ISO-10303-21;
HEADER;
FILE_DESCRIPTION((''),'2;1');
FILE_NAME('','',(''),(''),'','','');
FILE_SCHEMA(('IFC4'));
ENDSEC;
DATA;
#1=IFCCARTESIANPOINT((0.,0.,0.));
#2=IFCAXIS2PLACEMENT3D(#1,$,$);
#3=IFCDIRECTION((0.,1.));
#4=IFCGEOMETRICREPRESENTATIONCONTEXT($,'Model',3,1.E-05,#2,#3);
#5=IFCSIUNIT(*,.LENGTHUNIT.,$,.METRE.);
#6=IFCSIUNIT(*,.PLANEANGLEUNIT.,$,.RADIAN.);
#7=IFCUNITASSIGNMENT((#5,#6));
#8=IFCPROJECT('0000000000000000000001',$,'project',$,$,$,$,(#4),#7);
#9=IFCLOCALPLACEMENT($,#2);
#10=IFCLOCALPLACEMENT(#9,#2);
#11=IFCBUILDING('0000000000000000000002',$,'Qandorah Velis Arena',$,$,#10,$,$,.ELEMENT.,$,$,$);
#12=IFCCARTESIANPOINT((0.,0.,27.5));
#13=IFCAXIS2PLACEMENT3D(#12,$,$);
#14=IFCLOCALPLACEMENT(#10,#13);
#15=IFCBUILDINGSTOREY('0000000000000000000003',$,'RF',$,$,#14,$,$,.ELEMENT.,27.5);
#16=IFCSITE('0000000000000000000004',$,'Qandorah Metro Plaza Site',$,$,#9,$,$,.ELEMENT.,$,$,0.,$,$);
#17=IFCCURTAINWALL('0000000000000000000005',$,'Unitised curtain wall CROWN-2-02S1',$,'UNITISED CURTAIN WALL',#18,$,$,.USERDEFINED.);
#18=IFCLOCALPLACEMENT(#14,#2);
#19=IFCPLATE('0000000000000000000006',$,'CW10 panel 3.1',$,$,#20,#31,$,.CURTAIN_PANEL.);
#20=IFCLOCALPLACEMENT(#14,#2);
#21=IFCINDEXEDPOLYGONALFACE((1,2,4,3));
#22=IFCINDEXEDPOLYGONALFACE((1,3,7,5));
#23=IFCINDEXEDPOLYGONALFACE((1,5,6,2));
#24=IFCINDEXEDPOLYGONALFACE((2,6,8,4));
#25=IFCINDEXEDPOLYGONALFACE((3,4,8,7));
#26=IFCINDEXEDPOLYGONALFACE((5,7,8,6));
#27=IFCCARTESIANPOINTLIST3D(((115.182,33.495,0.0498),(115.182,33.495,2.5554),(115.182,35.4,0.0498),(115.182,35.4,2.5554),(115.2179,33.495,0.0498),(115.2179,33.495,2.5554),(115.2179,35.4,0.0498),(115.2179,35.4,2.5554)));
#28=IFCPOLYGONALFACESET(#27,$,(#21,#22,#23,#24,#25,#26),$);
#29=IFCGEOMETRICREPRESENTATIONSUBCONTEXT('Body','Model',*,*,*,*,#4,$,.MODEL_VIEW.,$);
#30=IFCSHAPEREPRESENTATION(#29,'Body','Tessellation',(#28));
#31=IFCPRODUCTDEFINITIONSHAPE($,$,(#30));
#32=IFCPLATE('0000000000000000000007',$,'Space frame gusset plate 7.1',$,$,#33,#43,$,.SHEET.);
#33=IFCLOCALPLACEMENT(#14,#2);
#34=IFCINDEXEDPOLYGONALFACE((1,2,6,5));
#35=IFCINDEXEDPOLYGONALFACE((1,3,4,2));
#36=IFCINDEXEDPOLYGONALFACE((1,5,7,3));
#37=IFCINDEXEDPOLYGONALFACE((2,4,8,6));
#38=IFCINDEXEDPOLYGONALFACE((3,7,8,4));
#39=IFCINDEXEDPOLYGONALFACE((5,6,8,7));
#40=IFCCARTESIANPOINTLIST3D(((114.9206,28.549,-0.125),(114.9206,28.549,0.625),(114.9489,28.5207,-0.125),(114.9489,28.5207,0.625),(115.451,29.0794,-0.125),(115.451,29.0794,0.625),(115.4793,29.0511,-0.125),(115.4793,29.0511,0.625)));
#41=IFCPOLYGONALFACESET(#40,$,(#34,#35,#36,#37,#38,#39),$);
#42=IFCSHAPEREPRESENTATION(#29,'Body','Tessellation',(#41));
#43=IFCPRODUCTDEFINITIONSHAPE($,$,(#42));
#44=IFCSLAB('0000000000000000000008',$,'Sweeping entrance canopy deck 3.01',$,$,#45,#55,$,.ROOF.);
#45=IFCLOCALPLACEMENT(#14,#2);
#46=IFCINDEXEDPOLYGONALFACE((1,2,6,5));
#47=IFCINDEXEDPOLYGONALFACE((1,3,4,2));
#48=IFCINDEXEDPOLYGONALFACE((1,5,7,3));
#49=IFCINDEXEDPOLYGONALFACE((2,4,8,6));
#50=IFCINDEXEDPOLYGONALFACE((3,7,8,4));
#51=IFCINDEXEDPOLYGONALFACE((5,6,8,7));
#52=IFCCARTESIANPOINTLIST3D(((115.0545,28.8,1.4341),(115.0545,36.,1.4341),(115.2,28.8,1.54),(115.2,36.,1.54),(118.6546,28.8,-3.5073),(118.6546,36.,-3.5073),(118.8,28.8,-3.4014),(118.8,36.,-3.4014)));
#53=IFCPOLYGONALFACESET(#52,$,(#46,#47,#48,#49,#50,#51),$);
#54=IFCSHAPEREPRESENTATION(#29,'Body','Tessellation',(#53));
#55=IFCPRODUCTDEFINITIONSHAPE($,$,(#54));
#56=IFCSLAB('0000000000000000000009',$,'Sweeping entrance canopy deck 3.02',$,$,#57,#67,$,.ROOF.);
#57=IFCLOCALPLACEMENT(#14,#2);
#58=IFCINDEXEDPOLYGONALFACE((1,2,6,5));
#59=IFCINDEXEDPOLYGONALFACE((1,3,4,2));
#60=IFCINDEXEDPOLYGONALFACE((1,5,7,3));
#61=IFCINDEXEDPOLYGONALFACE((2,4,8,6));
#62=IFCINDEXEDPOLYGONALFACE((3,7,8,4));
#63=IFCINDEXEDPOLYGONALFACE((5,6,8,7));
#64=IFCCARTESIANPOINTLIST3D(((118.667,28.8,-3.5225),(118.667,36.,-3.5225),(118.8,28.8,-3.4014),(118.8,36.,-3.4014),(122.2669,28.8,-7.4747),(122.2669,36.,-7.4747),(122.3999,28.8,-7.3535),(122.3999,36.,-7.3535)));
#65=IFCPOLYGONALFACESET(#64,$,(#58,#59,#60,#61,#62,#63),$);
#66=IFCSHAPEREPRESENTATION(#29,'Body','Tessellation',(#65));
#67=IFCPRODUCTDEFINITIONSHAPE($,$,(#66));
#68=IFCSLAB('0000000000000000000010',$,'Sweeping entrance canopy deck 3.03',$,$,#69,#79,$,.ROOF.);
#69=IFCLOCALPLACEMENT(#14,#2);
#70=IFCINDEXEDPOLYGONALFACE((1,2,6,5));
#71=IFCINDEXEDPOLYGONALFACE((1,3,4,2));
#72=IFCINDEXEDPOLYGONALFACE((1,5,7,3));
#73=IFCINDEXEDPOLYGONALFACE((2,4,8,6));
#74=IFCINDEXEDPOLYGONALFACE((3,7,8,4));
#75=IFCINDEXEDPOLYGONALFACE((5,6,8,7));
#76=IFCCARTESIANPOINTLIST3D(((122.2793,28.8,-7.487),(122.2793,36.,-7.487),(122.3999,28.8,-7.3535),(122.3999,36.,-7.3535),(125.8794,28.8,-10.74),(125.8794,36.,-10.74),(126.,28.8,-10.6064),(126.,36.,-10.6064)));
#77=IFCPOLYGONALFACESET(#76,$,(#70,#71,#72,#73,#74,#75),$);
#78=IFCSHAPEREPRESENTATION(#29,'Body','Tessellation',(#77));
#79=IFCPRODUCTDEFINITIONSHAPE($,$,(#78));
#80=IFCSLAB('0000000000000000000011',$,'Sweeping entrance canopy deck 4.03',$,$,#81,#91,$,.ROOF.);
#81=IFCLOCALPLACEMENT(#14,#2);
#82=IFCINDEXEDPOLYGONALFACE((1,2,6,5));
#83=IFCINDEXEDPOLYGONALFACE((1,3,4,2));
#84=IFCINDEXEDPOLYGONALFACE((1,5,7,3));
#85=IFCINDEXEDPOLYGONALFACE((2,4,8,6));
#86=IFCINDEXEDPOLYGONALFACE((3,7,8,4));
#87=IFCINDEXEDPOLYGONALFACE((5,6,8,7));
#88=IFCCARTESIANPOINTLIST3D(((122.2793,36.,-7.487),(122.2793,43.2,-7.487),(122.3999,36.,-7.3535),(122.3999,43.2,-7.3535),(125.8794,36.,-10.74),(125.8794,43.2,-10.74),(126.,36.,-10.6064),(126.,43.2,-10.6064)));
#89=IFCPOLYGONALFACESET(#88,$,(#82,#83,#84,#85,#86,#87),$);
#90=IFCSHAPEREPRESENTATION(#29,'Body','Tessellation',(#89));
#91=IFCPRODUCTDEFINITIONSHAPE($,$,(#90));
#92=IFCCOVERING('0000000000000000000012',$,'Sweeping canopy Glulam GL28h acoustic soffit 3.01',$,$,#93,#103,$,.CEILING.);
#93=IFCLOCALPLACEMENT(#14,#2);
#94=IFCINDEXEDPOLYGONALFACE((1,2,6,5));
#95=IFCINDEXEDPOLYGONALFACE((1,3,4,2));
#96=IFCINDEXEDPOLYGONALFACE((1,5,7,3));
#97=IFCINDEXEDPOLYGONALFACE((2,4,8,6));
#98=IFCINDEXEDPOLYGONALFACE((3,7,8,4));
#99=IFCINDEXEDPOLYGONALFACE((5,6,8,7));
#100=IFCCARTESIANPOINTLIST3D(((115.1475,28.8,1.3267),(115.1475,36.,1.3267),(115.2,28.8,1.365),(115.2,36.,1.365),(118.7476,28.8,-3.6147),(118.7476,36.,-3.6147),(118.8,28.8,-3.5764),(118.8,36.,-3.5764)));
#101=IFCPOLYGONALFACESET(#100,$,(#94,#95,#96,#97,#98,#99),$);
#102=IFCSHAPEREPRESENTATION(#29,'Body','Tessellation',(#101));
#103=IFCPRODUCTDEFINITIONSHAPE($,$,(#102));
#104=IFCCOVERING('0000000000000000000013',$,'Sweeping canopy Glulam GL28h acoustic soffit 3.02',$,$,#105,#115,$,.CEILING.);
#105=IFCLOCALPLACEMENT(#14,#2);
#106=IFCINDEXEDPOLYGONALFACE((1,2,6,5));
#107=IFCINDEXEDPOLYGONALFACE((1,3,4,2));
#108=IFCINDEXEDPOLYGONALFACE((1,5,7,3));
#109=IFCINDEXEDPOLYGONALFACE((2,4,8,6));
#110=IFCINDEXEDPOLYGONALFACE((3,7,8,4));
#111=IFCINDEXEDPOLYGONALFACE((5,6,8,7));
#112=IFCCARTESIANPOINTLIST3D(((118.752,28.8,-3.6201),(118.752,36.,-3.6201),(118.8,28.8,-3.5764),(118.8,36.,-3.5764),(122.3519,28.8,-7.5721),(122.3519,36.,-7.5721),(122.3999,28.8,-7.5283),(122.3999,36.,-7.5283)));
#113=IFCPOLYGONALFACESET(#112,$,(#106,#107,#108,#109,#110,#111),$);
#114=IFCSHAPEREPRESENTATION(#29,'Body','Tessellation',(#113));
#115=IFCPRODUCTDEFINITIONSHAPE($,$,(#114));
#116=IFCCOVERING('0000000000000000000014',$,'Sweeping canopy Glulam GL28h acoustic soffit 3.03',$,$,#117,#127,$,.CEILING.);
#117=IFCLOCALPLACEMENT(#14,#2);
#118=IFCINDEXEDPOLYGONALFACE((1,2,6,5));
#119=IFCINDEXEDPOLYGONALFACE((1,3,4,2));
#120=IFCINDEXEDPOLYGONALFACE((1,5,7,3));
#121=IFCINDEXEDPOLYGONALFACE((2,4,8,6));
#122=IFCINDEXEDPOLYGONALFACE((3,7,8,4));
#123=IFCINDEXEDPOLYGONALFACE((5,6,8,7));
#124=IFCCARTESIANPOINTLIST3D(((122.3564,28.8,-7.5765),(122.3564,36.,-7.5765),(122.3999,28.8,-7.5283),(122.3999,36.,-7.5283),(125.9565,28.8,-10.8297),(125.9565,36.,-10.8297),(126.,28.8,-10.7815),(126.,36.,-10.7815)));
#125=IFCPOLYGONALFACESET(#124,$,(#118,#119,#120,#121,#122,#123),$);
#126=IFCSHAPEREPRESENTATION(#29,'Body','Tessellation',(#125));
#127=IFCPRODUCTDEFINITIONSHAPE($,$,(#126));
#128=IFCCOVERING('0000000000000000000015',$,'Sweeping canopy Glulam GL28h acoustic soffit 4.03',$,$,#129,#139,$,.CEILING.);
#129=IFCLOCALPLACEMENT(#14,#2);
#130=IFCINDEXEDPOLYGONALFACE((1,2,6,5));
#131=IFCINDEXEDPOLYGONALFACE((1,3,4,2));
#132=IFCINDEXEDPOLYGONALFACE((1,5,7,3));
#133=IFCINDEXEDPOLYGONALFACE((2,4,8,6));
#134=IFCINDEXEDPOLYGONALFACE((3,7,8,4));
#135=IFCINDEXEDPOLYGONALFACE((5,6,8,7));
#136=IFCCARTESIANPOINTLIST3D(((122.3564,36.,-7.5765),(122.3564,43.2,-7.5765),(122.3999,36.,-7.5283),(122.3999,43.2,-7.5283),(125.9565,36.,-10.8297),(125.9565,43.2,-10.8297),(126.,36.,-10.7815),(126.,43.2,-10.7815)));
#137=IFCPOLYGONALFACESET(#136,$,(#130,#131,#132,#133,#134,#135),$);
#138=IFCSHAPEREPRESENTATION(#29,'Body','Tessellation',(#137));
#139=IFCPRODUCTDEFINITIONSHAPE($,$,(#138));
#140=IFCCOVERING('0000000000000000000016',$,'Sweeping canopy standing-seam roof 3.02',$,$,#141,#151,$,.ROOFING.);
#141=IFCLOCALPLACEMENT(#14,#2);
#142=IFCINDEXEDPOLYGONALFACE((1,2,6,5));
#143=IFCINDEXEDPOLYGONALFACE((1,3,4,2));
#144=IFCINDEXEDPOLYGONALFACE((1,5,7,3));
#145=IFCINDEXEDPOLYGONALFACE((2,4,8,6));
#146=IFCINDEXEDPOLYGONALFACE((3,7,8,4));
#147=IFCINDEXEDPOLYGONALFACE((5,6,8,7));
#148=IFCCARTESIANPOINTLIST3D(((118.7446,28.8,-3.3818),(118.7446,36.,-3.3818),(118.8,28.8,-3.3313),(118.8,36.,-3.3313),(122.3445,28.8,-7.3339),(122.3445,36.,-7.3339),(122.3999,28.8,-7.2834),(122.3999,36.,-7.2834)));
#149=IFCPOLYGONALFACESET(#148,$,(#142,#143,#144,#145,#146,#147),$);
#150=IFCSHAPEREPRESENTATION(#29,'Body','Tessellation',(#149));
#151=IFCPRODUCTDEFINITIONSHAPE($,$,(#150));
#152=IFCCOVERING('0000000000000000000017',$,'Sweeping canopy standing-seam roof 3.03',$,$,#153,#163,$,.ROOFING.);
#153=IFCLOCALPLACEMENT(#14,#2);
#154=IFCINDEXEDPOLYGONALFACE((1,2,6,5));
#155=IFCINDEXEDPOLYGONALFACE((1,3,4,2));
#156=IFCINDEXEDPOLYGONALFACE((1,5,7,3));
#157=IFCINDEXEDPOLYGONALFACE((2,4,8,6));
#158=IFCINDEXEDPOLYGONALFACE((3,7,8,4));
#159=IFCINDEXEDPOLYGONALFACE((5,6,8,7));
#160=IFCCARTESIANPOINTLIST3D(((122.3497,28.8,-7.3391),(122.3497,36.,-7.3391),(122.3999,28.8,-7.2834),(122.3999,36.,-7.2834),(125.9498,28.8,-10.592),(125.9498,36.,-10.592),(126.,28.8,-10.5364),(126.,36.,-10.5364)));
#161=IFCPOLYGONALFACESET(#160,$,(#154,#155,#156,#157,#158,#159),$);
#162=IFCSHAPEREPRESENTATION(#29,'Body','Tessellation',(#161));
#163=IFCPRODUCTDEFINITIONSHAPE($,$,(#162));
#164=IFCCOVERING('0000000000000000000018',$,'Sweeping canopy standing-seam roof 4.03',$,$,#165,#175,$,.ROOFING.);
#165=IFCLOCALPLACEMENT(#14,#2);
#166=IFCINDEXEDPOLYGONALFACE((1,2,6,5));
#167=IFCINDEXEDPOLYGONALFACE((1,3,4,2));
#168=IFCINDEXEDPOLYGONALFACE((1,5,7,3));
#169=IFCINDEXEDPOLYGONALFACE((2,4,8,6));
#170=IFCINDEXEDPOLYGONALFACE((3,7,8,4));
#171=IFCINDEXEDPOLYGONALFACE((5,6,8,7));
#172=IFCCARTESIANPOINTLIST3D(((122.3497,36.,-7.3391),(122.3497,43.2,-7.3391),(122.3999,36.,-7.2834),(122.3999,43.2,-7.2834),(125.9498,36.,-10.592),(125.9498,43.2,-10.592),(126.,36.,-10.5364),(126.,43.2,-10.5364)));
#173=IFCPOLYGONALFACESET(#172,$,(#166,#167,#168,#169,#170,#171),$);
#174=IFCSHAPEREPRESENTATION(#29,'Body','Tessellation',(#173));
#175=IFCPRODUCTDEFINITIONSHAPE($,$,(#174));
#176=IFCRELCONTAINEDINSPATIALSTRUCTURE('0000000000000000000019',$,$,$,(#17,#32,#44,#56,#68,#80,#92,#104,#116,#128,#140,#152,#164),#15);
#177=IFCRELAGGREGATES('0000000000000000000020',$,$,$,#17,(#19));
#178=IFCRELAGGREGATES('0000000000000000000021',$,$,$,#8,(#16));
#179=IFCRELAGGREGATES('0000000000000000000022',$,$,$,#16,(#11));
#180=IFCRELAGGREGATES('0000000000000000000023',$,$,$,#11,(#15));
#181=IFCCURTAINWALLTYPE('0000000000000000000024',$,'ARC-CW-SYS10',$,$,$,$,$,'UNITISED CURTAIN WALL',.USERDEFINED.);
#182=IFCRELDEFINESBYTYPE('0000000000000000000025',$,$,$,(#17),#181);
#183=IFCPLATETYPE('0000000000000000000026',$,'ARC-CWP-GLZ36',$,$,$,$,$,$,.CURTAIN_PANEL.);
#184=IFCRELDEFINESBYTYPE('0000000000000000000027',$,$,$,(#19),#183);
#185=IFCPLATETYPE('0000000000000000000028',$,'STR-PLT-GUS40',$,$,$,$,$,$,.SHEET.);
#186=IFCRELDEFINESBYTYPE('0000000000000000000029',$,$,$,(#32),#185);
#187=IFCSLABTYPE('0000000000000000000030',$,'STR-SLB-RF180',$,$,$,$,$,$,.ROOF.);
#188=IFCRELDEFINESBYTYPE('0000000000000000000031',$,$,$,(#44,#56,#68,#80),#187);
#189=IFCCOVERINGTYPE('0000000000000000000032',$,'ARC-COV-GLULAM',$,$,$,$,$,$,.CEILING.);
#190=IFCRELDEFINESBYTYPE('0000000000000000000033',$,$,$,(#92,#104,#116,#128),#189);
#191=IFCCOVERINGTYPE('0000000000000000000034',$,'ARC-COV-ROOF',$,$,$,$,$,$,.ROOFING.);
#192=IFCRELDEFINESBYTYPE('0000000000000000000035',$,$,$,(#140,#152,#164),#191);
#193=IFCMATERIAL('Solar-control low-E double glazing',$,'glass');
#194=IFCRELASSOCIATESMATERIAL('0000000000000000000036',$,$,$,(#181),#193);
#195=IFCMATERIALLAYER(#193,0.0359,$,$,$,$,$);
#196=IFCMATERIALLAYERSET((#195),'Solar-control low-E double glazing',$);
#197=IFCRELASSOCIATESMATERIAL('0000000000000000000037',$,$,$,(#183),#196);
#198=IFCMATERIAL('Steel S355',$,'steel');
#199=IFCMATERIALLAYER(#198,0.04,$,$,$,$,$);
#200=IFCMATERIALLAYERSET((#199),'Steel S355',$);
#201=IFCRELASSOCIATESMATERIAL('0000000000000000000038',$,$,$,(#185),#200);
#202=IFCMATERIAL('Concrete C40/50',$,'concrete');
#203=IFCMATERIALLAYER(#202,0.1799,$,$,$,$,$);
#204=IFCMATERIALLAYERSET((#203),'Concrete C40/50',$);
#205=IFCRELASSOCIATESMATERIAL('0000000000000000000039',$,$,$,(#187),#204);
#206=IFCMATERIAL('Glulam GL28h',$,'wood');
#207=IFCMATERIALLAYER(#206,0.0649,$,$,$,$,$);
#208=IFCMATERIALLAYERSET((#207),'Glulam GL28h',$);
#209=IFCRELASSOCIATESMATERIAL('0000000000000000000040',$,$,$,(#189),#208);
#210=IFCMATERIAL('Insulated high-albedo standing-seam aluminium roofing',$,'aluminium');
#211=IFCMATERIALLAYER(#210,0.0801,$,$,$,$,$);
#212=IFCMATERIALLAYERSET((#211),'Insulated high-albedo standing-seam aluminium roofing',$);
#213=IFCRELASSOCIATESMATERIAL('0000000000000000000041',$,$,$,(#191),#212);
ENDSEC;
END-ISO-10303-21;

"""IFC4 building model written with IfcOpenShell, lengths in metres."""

from ifc_helpers import new_model, si_unit, direction, frame, origin, origin_2d, place, context, subcontext, project, spatial, polyline, rectangle, outline, extrude, material, layer, layer_set, type_object, element, aggregate, save


model = new_model("IFC4")

# Units and contexts
model_context = context("Model", 3, precision=1e-05, world=origin(), true_north=direction((0.0, 1.0)))
body_context = subcontext(model_context, "Body", "Model", "MODEL_VIEW")
ifc_project = project(units=[si_unit("LENGTHUNIT", "METRE"), si_unit("PLANEANGLEUNIT", "RADIAN")], contexts=[model_context])

# Site, building, storey
site_placement = place(None, origin())
site = spatial("IfcSite", under=ifc_project, at=site_placement, Name="Qandorah Metro Plaza Site", CompositionType="ELEMENT", RefElevation=0.0)
building_placement = place(site_placement, origin())
building = spatial("IfcBuilding", under=site, at=building_placement, Name="Qandorah Velis Arena", CompositionType="ELEMENT")
storey_placement = place(building_placement, frame((0.0, 0.0, 27.5)))
storey = spatial("IfcBuildingStorey", under=building, at=storey_placement, Name="RF", CompositionType="ELEMENT", Elevation=27.5)

# Curtain wall
ifc_material_1 = material(Name="Solar-control low-E double glazing", Category="glass")
curtain_wall_type = type_object("IfcCurtainWallType", Name="ARC-CW-SYS10", ElementType="UNITISED CURTAIN WALL", PredefinedType="USERDEFINED", material=ifc_material_1)
curtain_wall_placement = place(storey_placement, origin())
curtain_wall = element("IfcCurtainWall", 1, at=curtain_wall_placement, inside=storey, type_object=curtain_wall_type, Name="Unitised curtain wall CROWN-2-02S1", ObjectType="UNITISED CURTAIN WALL", PredefinedType="USERDEFINED")

# Shared definitions
ifc_material_2 = material(Name="Steel S355", Category="steel")

# Plates
ifc_layer_1 = layer(ifc_material_1, 0.0359)
ifc_layer_set_1 = layer_set([ifc_layer_1], Name="Solar-control low-E double glazing")
plate_type_1 = type_object("IfcPlateType", Name="ARC-CWP-GLZ36", PredefinedType="CURTAIN_PANEL", material=ifc_layer_set_1)
plate_1_placement = place(storey_placement, frame((115.2, 34.4475, 0.0498), z_axis=(0.0, 0.0, 1.0), x_axis=(0.0, 1.0, 0.0)))
plate_1 = element("IfcPlate", 2, at=plate_1_placement, type_object=plate_type_1, Name="CW10 panel 3.1", PredefinedType="CURTAIN_PANEL", context=body_context, shape_type="SweptSolid", body=[
    extrude(rectangle(XDim=1.905, YDim=0.0359, at=origin_2d()), origin(), (0.0, 0.0, 1.0), 2.5056),
])
aggregate(curtain_wall, [plate_1])
ifc_layer_2 = layer(ifc_material_2, 0.04)
ifc_layer_set_2 = layer_set([ifc_layer_2], Name="Steel S355")
plate_type_2 = type_object("IfcPlateType", Name="STR-PLT-GUS40", PredefinedType="SHEET", material=ifc_layer_set_2)
plate_2_placement = place(storey_placement, frame((115.2, 28.8, -0.125), z_axis=(0.0, 0.0, 1.0), x_axis=(0.707107, 0.707107, 0.0)))
element("IfcPlate", 3, at=plate_2_placement, inside=storey, type_object=plate_type_2, Name="Space frame gusset plate 7.1", PredefinedType="SHEET", context=body_context, shape_type="SweptSolid", body=[
    extrude(rectangle(XDim=0.75, YDim=0.04, at=origin_2d()), origin(), (0.0, 0.0, 1.0), 0.75),
])

# Slabs
ifc_material_3 = material(Name="Concrete C40/50", Category="concrete")
ifc_layer_3 = layer(ifc_material_3, 0.1799)
ifc_layer_set_3 = layer_set([ifc_layer_3], Name="Concrete C40/50")
slab_type = type_object("IfcSlabType", Name="STR-SLB-RF180", PredefinedType="ROOF", material=ifc_layer_set_3)
slab_1_placement = place(storey_placement, frame((115.2, 28.8, 1.54), z_axis=(0.808242, 0.0, 0.588851), x_axis=(0.588851, 0.0, -0.808242)))
element("IfcSlab", 4, at=slab_1_placement, inside=storey, type_object=slab_type, Name="Sweeping entrance canopy deck 3.01", PredefinedType="ROOF", context=body_context, shape_type="SweptSolid", body=[
    extrude(outline(polyline([(0.0, 0.0), (6.1138, 0.0), (6.1138, 7.2), (0.0, 7.2), (0.0, 0.0)])), origin(), (0.0, 0.0, -1.0), 0.1799),
])
slab_2_placement = place(storey_placement, frame((118.8, 28.8, -3.4014), z_axis=(0.739289, 0.0, 0.673389), x_axis=(0.673389, 0.0, -0.739289)))
element("IfcSlab", 5, at=slab_2_placement, inside=storey, type_object=slab_type, Name="Sweeping entrance canopy deck 3.02", PredefinedType="ROOF", context=body_context, shape_type="SweptSolid", body=[
    extrude(outline(polyline([(0.0, 0.0), (5.3459, 0.0), (5.3459, 7.2), (0.0, 7.2), (0.0, 0.0)])), origin(), (0.0, 0.0, -1.0), 0.1799),
])
for number, where, z_axis, x_axis, name in (
    (6, (122.3999, 28.8, -7.3535), (0.670426, 0.0, 0.741977), (0.741977, 0.0, -0.670426), "Sweeping entrance canopy deck 3.03"),
    (7, (122.3999, 36.0, -7.3535), (0.670426, 0.0, 0.741977), (0.741977, 0.0, -0.670426), "Sweeping entrance canopy deck 4.03"),
):
    element("IfcSlab", number, at=place(storey_placement, frame(where, z_axis=z_axis, x_axis=x_axis)), inside=storey, type_object=slab_type, Name=name, PredefinedType="ROOF", context=body_context, shape_type="SweptSolid", body=[
        extrude(outline(polyline([(0.0, 0.0), (4.852, 0.0), (4.852, 7.2), (0.0, 7.2), (0.0, 0.0)])), origin(), (0.0, 0.0, -1.0), 0.1799),
    ])

# Coverings
ifc_material_4 = material(Name="Glulam GL28h", Category="wood")
ifc_layer_4 = layer(ifc_material_4, 0.0649)
ifc_layer_set_4 = layer_set([ifc_layer_4], Name="Glulam GL28h")
covering_type_1 = type_object("IfcCoveringType", Name="ARC-COV-GLULAM", PredefinedType="CEILING", material=ifc_layer_set_4)
covering_1_placement = place(storey_placement, frame((115.2, 28.8, 1.365), z_axis=(0.808242, 0.0, 0.588851), x_axis=(0.588851, 0.0, -0.808242)))
element("IfcCovering", 8, at=covering_1_placement, inside=storey, type_object=covering_type_1, Name="Sweeping canopy Glulam GL28h acoustic soffit 3.01", PredefinedType="CEILING", context=body_context, shape_type="SweptSolid", body=[
    extrude(outline(polyline([(0.0, 0.0), (6.1138, 0.0), (6.1138, 7.2), (0.0, 7.2), (0.0, 0.0)])), origin(), (0.0, 0.0, -1.0), 0.0649),
])
covering_2_placement = place(storey_placement, frame((118.8, 28.8, -3.5764), z_axis=(0.739268, 0.0, 0.673411), x_axis=(0.673411, 0.0, -0.739268)))
element("IfcCovering", 9, at=covering_2_placement, inside=storey, type_object=covering_type_1, Name="Sweeping canopy Glulam GL28h acoustic soffit 3.02", PredefinedType="CEILING", context=body_context, shape_type="SweptSolid", body=[
    extrude(outline(polyline([(0.0, 0.0), (5.3457, 0.0), (5.3457, 7.2), (0.0, 7.2), (0.0, 0.0)])), origin(), (0.0, 0.0, -1.0), 0.0649),
])
for number, where, z_axis, x_axis, name in (
    (10, (122.3999, 28.8, -7.5283), (0.670453, 0.0, 0.741952), (0.741952, 0.0, -0.670453), "Sweeping canopy Glulam GL28h acoustic soffit 3.03"),
    (11, (122.3999, 36.0, -7.5283), (0.670453, 0.0, 0.741952), (0.741952, 0.0, -0.670453), "Sweeping canopy Glulam GL28h acoustic soffit 4.03"),
):
    element("IfcCovering", number, at=place(storey_placement, frame(where, z_axis=z_axis, x_axis=x_axis)), inside=storey, type_object=covering_type_1, Name=name, PredefinedType="CEILING", context=body_context, shape_type="SweptSolid", body=[
        extrude(outline(polyline([(0.0, 0.0), (4.8522, 0.0), (4.8522, 7.2), (0.0, 7.2), (0.0, 0.0)])), origin(), (0.0, 0.0, -1.0), 0.0649),
    ])
ifc_material_5 = material(Name="Insulated high-albedo standing-seam aluminium roofing", Category="aluminium")
ifc_layer_5 = layer(ifc_material_5, 0.0801)
ifc_layer_set_5 = layer_set([ifc_layer_5], Name="Insulated high-albedo standing-seam aluminium roofing")
covering_type_2 = type_object("IfcCoveringType", Name="ARC-COV-ROOF", PredefinedType="ROOFING", material=ifc_layer_set_5)
covering_3_placement = place(storey_placement, frame((118.8, 28.8, -3.3313), z_axis=(0.739289, 0.0, 0.673389), x_axis=(0.673389, 0.0, -0.739289)))
element("IfcCovering", 12, at=covering_3_placement, inside=storey, type_object=covering_type_2, Name="Sweeping canopy standing-seam roof 3.02", PredefinedType="ROOFING", context=body_context, shape_type="SweptSolid", body=[
    extrude(outline(polyline([(0.0, 0.0), (5.3459, 0.0), (5.3459, 7.2), (0.0, 7.2), (0.0, 0.0)])), origin(), (0.0, 0.0, -1.0), 0.075),
])
for number, where, z_axis, x_axis, name in (
    (13, (122.3999, 28.8, -7.2834), (0.670426, 0.0, 0.741977), (0.741977, 0.0, -0.670426), "Sweeping canopy standing-seam roof 3.03"),
    (14, (122.3999, 36.0, -7.2834), (0.670426, 0.0, 0.741977), (0.741977, 0.0, -0.670426), "Sweeping canopy standing-seam roof 4.03"),
):
    element("IfcCovering", number, at=place(storey_placement, frame(where, z_axis=z_axis, x_axis=x_axis)), inside=storey, type_object=covering_type_2, Name=name, PredefinedType="ROOFING", context=body_context, shape_type="SweptSolid", body=[
        extrude(outline(polyline([(0.0, 0.0), (4.852, 0.0), (4.852, 7.2), (0.0, 7.2), (0.0, 0.0)])), origin(), (0.0, 0.0, -1.0), 0.075),
    ])

save(model, "model.ifc")
